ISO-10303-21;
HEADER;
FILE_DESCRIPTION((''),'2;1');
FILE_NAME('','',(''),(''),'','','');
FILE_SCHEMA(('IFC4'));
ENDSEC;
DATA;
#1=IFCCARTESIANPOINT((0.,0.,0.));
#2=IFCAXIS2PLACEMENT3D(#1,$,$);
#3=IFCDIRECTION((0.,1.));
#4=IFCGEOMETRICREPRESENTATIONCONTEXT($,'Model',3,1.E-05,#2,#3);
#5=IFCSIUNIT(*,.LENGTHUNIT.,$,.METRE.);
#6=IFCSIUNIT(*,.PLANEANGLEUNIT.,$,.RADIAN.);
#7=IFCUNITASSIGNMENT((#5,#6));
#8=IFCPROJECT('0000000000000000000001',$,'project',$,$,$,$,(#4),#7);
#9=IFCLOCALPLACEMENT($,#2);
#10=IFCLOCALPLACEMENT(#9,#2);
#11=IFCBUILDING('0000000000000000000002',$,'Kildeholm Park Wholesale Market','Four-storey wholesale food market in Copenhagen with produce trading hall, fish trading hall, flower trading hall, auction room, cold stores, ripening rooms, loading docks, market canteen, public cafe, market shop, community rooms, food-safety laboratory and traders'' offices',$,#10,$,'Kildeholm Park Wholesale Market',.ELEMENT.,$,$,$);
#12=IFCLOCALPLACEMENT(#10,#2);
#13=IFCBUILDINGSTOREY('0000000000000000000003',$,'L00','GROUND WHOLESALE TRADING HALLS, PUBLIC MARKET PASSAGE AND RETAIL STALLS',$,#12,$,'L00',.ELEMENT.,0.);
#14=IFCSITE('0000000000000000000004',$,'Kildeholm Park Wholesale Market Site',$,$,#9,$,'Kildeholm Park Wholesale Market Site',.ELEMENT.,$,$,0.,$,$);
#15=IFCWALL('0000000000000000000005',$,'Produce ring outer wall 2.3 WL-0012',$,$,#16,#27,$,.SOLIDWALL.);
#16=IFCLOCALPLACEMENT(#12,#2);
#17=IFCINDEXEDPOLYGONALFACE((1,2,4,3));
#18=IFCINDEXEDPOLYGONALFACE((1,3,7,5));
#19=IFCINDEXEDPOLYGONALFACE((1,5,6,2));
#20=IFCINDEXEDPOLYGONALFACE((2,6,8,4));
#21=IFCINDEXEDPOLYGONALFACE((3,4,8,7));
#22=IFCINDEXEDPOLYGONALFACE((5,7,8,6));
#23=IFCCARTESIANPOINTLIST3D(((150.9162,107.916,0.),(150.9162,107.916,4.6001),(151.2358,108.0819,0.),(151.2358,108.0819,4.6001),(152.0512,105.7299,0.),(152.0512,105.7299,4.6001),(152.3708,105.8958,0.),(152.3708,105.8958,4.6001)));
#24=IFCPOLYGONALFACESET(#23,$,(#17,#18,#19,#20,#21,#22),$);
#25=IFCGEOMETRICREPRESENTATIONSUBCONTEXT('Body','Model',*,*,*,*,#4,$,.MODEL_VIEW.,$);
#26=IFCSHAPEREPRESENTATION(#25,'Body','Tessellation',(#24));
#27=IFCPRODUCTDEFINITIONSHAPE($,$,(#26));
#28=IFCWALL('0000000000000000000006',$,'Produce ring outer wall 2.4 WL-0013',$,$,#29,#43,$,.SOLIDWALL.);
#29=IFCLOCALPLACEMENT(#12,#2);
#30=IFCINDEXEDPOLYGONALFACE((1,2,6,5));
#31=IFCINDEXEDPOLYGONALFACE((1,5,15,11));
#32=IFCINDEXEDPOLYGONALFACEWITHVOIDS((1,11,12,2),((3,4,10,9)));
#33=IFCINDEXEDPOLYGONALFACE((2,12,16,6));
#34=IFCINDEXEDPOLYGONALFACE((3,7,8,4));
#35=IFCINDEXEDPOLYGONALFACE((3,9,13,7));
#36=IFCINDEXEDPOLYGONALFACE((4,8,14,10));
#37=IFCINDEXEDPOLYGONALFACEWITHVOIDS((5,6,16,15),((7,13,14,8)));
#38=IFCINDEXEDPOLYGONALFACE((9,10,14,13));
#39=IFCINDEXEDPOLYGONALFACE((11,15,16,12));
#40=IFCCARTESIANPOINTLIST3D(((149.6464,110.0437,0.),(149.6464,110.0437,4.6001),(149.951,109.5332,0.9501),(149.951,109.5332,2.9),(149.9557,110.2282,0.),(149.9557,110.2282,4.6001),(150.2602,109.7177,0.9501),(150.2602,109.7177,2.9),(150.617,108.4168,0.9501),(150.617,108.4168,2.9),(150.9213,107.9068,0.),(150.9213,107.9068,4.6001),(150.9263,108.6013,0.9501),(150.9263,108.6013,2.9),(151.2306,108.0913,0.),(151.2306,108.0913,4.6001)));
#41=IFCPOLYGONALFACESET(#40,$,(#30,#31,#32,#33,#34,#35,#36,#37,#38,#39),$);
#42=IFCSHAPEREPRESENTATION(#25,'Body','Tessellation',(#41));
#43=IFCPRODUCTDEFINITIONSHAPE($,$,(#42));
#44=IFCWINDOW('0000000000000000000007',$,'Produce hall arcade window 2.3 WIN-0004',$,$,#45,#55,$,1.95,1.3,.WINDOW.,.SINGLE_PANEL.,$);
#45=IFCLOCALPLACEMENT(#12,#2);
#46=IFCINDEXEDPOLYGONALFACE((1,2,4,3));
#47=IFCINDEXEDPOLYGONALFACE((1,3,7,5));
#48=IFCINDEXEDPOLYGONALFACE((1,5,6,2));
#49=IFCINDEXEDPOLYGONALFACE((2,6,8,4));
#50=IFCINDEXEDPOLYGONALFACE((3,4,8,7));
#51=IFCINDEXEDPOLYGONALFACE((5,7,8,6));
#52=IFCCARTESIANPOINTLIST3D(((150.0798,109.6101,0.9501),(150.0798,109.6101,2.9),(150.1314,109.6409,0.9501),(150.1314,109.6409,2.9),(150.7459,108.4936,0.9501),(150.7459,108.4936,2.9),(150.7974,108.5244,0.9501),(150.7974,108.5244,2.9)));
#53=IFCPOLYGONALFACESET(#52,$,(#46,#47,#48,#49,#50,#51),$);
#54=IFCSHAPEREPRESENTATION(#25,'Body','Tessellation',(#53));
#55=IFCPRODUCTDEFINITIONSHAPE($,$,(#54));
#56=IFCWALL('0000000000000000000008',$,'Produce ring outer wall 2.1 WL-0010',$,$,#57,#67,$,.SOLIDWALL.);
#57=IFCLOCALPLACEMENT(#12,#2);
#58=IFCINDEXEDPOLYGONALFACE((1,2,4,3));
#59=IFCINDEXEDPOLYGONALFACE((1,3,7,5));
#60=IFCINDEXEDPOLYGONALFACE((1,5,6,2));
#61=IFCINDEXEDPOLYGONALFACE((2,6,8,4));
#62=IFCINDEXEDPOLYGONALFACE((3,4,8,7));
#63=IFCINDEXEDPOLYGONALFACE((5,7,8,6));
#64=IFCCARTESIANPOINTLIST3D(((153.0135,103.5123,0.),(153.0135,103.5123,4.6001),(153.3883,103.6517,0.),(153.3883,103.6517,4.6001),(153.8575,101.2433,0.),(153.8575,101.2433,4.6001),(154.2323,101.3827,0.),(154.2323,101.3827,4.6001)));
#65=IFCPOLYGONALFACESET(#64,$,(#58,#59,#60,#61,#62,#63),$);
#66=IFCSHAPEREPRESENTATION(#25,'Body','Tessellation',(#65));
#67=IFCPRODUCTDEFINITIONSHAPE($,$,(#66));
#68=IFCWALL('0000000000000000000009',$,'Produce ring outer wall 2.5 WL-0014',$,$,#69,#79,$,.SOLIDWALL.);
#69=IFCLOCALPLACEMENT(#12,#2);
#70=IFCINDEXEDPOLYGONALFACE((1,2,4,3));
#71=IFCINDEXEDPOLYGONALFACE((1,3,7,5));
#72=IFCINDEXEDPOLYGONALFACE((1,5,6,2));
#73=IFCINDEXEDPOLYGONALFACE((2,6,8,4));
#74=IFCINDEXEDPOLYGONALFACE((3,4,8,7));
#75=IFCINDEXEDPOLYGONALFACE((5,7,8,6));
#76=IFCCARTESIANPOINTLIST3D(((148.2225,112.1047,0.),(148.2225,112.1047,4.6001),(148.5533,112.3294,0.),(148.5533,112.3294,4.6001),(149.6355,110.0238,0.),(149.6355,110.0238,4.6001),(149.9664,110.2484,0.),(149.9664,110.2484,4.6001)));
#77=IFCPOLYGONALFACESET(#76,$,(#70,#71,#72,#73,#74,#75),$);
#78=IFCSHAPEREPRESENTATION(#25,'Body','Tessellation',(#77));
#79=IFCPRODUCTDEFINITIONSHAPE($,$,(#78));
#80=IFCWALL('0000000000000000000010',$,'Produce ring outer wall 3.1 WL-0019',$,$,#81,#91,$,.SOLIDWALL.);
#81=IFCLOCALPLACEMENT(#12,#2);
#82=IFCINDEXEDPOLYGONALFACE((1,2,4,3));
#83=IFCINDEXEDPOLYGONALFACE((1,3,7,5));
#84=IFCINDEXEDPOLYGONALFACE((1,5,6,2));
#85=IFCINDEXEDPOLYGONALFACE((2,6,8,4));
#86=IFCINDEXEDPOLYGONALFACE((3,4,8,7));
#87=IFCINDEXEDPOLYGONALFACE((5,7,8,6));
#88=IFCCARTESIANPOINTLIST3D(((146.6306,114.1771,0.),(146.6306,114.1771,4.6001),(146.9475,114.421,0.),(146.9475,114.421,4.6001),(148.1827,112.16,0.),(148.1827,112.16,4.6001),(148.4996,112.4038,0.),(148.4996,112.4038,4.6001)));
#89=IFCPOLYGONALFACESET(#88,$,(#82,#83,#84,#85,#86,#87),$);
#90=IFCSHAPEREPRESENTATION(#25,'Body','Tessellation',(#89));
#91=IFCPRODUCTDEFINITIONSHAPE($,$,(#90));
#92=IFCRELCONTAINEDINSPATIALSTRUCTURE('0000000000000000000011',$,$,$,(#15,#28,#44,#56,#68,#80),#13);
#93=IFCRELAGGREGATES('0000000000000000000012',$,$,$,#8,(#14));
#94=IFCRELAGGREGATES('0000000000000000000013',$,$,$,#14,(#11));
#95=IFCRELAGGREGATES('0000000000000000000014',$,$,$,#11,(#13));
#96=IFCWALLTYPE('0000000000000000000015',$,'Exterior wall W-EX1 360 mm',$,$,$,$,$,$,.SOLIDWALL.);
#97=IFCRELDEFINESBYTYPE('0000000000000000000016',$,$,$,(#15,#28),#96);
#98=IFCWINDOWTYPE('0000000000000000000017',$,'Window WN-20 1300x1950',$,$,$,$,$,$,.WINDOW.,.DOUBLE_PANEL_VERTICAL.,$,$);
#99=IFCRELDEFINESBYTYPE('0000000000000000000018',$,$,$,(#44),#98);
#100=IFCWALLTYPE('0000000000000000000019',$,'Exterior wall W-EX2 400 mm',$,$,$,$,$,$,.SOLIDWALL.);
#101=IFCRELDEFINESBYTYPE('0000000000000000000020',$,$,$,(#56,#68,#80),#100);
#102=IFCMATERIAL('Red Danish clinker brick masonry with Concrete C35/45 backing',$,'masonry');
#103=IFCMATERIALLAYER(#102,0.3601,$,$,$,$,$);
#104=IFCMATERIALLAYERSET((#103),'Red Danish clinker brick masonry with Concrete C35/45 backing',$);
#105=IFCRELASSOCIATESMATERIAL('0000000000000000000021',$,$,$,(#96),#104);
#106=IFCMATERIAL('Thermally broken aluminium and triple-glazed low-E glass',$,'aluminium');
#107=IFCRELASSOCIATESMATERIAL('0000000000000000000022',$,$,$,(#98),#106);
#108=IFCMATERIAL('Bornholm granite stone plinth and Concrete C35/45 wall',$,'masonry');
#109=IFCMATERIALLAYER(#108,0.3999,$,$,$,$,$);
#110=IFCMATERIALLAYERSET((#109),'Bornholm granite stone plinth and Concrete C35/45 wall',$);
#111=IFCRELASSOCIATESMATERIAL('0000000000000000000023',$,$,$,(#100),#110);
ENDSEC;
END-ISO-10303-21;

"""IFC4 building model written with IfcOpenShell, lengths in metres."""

from ifc_helpers import new_model, si_unit, direction, frame, frame_2d, origin, place, context, subcontext, project, spatial, rectangle, extrude, material, layer, layer_set, type_object, element, fill, save


model = new_model("IFC4")

# Units and contexts
model_context = context("Model", 3, precision=1e-05, world=origin(), true_north=direction((0.0, 1.0)))
body_context = subcontext(model_context, "Body", "Model", "MODEL_VIEW")
ifc_project = project(units=[si_unit("LENGTHUNIT", "METRE"), si_unit("PLANEANGLEUNIT", "RADIAN")], contexts=[model_context])

# Site, building, storey
site_placement = place(None, origin())
site = spatial("IfcSite", under=ifc_project, at=site_placement, Name="Kildeholm Park Wholesale Market Site", LongName="Kildeholm Park Wholesale Market Site", CompositionType="ELEMENT", RefElevation=0.0)
building_placement = place(site_placement, origin())
building = spatial("IfcBuilding", under=site, at=building_placement, Name="Kildeholm Park Wholesale Market", Description="Four-storey wholesale food market in Copenhagen with produce trading hall, fish trading hall, flower trading hall, auction room, cold stores, ripening rooms, loading docks, market canteen, public cafe, market shop, community rooms, food-safety laboratory and traders' offices", LongName="Kildeholm Park Wholesale Market", CompositionType="ELEMENT")
storey_placement = place(building_placement, origin())
storey = spatial("IfcBuildingStorey", under=building, at=storey_placement, Name="L00", Description="GROUND WHOLESALE TRADING HALLS, PUBLIC MARKET PASSAGE AND RETAIL STALLS", LongName="L00", CompositionType="ELEMENT", Elevation=0.0)

# Shared definitions
ifc_material_1 = material(Name="Red Danish clinker brick masonry with Concrete C35/45 backing", Category="masonry")
ifc_layer_1 = layer(ifc_material_1, 0.3601)
ifc_layer_set_1 = layer_set([ifc_layer_1], Name="Red Danish clinker brick masonry with Concrete C35/45 backing")
wall_type_1 = type_object("IfcWallType", Name="Exterior wall W-EX1 360 mm", PredefinedType="SOLIDWALL", material=ifc_layer_set_1)
ifc_material_2 = material(Name="Thermally broken aluminium and triple-glazed low-E glass", Category="aluminium")

# Wall
wall_1_placement = place(storey_placement, frame((152.2109, 105.813, 0.0), z_axis=(0.0, 0.0, 1.0), x_axis=(-0.4608, 0.887504, 0.0)))
element("IfcWall", 1, at=wall_1_placement, inside=storey, type_object=wall_type_1, Name="Produce ring outer wall 2.3 WL-0012", PredefinedType="SOLIDWALL", context=body_context, shape_type="SweptSolid", body=[
    extrude(rectangle(XDim=2.4631, YDim=0.3601, at=frame_2d((1.2314, 0.0))), origin(), (0.0, 0.0, 1.0), 4.6001),
])

# Wall, opening, window
wall_2_placement = place(storey_placement, frame((151.0759, 107.999, 0.0), z_axis=(0.0, 0.0, 1.0), x_axis=(-0.512344, 0.85878, 0.0)))
wall_2 = element("IfcWall", 2, at=wall_2_placement, inside=storey, type_object=wall_type_1, Name="Produce ring outer wall 2.4 WL-0013", PredefinedType="SOLIDWALL", context=body_context, shape_type="SweptSolid", body=[
    extrude(rectangle(XDim=2.4883, YDim=0.3601, at=frame_2d((1.2441, 0.0))), origin(), (0.0, 0.0, 1.0), 4.6001),
])
opening_1_placement = place(wall_2_placement, frame((0.594, 0.0, 0.95)))
opening_1 = element("IfcOpeningElement", 3, at=opening_1_placement, cuts=wall_2, PredefinedType="OPENING", context=body_context, shape_type="SweptSolid", body=[
    extrude(rectangle(XDim=1.3, YDim=1.95, at=frame_2d((0.6499, 0.9751))), frame((0.0, 0.1899, 0.0), z_axis=(0.0, -1.0, 0.0), x_axis=(1.0, 0.0, 0.0)), (0.0, 0.0, 1.0), 0.3801),
])
window_type_1 = type_object("IfcWindowType", Name="Window WN-20 1300x1950", PartitioningType="DOUBLE_PANEL_VERTICAL", PredefinedType="WINDOW", material=ifc_material_2)
window_1_placement = place(opening_1_placement, origin())
window_1 = element("IfcWindow", 4, at=window_1_placement, inside=storey, type_object=window_type_1, Name="Produce hall arcade window 2.3 WIN-0004", OverallHeight=1.95, OverallWidth=1.3, PartitioningType="SINGLE_PANEL", PredefinedType="WINDOW", context=body_context, shape_type="SweptSolid", body=[
    extrude(rectangle(XDim=1.3, YDim=1.95, at=frame_2d((0.6499, 0.9751))), frame((0.0, 0.03, 0.0), z_axis=(0.0, -1.0, 0.0), x_axis=(1.0, 0.0, 0.0)), (0.0, 0.0, 1.0), 0.0601),
])
fill(opening_1, window_1)

# Walls
ifc_material_3 = material(Name="Bornholm granite stone plinth and Concrete C35/45 wall", Category="masonry")
ifc_layer_2 = layer(ifc_material_3, 0.3999)
ifc_layer_set_2 = layer_set([ifc_layer_2], Name="Bornholm granite stone plinth and Concrete C35/45 wall")
wall_type_2 = type_object("IfcWallType", Name="Exterior wall W-EX2 400 mm", PredefinedType="SOLIDWALL", material=ifc_layer_set_2)
wall_3_placement = place(storey_placement, frame((154.0449, 101.313, 0.0), z_axis=(0.0, 0.0, 1.0), x_axis=(-0.348625, 0.937262, 0.0)))
element("IfcWall", 5, at=wall_3_placement, inside=storey, type_object=wall_type_2, Name="Produce ring outer wall 2.1 WL-0010", PredefinedType="SOLIDWALL", context=body_context, shape_type="SweptSolid", body=[
    extrude(rectangle(XDim=2.4209, YDim=0.3999, at=frame_2d((1.2104, 0.0))), origin(), (0.0, 0.0, 1.0), 4.6001),
])
wall_4_placement = place(storey_placement, frame((149.801, 110.136, 0.0), z_axis=(0.0, 0.0, 1.0), x_axis=(-0.561758, 0.827302, 0.0)))
element("IfcWall", 6, at=wall_4_placement, inside=storey, type_object=wall_type_2, Name="Produce ring outer wall 2.5 WL-0014", PredefinedType="SOLIDWALL", context=body_context, shape_type="SweptSolid", body=[
    extrude(rectangle(XDim=2.5154, YDim=0.3999, at=frame_2d((1.2578, 0.0))), origin(), (0.0, 0.0, 1.0), 4.6001),
])
wall_5_placement = place(storey_placement, frame((148.3411, 112.282, 0.0), z_axis=(0.0, 0.0, 1.0), x_axis=(-0.609808, 0.792549, 0.0)))
element("IfcWall", 7, at=wall_5_placement, inside=storey, type_object=wall_type_2, Name="Produce ring outer wall 3.1 WL-0019", PredefinedType="SOLIDWALL", context=body_context, shape_type="SweptSolid", body=[
    extrude(rectangle(XDim=2.5452, YDim=0.3999, at=frame_2d((1.2725, 0.0))), origin(), (0.0, 0.0, 1.0), 4.6001),
])

save(model, "model.ifc")
